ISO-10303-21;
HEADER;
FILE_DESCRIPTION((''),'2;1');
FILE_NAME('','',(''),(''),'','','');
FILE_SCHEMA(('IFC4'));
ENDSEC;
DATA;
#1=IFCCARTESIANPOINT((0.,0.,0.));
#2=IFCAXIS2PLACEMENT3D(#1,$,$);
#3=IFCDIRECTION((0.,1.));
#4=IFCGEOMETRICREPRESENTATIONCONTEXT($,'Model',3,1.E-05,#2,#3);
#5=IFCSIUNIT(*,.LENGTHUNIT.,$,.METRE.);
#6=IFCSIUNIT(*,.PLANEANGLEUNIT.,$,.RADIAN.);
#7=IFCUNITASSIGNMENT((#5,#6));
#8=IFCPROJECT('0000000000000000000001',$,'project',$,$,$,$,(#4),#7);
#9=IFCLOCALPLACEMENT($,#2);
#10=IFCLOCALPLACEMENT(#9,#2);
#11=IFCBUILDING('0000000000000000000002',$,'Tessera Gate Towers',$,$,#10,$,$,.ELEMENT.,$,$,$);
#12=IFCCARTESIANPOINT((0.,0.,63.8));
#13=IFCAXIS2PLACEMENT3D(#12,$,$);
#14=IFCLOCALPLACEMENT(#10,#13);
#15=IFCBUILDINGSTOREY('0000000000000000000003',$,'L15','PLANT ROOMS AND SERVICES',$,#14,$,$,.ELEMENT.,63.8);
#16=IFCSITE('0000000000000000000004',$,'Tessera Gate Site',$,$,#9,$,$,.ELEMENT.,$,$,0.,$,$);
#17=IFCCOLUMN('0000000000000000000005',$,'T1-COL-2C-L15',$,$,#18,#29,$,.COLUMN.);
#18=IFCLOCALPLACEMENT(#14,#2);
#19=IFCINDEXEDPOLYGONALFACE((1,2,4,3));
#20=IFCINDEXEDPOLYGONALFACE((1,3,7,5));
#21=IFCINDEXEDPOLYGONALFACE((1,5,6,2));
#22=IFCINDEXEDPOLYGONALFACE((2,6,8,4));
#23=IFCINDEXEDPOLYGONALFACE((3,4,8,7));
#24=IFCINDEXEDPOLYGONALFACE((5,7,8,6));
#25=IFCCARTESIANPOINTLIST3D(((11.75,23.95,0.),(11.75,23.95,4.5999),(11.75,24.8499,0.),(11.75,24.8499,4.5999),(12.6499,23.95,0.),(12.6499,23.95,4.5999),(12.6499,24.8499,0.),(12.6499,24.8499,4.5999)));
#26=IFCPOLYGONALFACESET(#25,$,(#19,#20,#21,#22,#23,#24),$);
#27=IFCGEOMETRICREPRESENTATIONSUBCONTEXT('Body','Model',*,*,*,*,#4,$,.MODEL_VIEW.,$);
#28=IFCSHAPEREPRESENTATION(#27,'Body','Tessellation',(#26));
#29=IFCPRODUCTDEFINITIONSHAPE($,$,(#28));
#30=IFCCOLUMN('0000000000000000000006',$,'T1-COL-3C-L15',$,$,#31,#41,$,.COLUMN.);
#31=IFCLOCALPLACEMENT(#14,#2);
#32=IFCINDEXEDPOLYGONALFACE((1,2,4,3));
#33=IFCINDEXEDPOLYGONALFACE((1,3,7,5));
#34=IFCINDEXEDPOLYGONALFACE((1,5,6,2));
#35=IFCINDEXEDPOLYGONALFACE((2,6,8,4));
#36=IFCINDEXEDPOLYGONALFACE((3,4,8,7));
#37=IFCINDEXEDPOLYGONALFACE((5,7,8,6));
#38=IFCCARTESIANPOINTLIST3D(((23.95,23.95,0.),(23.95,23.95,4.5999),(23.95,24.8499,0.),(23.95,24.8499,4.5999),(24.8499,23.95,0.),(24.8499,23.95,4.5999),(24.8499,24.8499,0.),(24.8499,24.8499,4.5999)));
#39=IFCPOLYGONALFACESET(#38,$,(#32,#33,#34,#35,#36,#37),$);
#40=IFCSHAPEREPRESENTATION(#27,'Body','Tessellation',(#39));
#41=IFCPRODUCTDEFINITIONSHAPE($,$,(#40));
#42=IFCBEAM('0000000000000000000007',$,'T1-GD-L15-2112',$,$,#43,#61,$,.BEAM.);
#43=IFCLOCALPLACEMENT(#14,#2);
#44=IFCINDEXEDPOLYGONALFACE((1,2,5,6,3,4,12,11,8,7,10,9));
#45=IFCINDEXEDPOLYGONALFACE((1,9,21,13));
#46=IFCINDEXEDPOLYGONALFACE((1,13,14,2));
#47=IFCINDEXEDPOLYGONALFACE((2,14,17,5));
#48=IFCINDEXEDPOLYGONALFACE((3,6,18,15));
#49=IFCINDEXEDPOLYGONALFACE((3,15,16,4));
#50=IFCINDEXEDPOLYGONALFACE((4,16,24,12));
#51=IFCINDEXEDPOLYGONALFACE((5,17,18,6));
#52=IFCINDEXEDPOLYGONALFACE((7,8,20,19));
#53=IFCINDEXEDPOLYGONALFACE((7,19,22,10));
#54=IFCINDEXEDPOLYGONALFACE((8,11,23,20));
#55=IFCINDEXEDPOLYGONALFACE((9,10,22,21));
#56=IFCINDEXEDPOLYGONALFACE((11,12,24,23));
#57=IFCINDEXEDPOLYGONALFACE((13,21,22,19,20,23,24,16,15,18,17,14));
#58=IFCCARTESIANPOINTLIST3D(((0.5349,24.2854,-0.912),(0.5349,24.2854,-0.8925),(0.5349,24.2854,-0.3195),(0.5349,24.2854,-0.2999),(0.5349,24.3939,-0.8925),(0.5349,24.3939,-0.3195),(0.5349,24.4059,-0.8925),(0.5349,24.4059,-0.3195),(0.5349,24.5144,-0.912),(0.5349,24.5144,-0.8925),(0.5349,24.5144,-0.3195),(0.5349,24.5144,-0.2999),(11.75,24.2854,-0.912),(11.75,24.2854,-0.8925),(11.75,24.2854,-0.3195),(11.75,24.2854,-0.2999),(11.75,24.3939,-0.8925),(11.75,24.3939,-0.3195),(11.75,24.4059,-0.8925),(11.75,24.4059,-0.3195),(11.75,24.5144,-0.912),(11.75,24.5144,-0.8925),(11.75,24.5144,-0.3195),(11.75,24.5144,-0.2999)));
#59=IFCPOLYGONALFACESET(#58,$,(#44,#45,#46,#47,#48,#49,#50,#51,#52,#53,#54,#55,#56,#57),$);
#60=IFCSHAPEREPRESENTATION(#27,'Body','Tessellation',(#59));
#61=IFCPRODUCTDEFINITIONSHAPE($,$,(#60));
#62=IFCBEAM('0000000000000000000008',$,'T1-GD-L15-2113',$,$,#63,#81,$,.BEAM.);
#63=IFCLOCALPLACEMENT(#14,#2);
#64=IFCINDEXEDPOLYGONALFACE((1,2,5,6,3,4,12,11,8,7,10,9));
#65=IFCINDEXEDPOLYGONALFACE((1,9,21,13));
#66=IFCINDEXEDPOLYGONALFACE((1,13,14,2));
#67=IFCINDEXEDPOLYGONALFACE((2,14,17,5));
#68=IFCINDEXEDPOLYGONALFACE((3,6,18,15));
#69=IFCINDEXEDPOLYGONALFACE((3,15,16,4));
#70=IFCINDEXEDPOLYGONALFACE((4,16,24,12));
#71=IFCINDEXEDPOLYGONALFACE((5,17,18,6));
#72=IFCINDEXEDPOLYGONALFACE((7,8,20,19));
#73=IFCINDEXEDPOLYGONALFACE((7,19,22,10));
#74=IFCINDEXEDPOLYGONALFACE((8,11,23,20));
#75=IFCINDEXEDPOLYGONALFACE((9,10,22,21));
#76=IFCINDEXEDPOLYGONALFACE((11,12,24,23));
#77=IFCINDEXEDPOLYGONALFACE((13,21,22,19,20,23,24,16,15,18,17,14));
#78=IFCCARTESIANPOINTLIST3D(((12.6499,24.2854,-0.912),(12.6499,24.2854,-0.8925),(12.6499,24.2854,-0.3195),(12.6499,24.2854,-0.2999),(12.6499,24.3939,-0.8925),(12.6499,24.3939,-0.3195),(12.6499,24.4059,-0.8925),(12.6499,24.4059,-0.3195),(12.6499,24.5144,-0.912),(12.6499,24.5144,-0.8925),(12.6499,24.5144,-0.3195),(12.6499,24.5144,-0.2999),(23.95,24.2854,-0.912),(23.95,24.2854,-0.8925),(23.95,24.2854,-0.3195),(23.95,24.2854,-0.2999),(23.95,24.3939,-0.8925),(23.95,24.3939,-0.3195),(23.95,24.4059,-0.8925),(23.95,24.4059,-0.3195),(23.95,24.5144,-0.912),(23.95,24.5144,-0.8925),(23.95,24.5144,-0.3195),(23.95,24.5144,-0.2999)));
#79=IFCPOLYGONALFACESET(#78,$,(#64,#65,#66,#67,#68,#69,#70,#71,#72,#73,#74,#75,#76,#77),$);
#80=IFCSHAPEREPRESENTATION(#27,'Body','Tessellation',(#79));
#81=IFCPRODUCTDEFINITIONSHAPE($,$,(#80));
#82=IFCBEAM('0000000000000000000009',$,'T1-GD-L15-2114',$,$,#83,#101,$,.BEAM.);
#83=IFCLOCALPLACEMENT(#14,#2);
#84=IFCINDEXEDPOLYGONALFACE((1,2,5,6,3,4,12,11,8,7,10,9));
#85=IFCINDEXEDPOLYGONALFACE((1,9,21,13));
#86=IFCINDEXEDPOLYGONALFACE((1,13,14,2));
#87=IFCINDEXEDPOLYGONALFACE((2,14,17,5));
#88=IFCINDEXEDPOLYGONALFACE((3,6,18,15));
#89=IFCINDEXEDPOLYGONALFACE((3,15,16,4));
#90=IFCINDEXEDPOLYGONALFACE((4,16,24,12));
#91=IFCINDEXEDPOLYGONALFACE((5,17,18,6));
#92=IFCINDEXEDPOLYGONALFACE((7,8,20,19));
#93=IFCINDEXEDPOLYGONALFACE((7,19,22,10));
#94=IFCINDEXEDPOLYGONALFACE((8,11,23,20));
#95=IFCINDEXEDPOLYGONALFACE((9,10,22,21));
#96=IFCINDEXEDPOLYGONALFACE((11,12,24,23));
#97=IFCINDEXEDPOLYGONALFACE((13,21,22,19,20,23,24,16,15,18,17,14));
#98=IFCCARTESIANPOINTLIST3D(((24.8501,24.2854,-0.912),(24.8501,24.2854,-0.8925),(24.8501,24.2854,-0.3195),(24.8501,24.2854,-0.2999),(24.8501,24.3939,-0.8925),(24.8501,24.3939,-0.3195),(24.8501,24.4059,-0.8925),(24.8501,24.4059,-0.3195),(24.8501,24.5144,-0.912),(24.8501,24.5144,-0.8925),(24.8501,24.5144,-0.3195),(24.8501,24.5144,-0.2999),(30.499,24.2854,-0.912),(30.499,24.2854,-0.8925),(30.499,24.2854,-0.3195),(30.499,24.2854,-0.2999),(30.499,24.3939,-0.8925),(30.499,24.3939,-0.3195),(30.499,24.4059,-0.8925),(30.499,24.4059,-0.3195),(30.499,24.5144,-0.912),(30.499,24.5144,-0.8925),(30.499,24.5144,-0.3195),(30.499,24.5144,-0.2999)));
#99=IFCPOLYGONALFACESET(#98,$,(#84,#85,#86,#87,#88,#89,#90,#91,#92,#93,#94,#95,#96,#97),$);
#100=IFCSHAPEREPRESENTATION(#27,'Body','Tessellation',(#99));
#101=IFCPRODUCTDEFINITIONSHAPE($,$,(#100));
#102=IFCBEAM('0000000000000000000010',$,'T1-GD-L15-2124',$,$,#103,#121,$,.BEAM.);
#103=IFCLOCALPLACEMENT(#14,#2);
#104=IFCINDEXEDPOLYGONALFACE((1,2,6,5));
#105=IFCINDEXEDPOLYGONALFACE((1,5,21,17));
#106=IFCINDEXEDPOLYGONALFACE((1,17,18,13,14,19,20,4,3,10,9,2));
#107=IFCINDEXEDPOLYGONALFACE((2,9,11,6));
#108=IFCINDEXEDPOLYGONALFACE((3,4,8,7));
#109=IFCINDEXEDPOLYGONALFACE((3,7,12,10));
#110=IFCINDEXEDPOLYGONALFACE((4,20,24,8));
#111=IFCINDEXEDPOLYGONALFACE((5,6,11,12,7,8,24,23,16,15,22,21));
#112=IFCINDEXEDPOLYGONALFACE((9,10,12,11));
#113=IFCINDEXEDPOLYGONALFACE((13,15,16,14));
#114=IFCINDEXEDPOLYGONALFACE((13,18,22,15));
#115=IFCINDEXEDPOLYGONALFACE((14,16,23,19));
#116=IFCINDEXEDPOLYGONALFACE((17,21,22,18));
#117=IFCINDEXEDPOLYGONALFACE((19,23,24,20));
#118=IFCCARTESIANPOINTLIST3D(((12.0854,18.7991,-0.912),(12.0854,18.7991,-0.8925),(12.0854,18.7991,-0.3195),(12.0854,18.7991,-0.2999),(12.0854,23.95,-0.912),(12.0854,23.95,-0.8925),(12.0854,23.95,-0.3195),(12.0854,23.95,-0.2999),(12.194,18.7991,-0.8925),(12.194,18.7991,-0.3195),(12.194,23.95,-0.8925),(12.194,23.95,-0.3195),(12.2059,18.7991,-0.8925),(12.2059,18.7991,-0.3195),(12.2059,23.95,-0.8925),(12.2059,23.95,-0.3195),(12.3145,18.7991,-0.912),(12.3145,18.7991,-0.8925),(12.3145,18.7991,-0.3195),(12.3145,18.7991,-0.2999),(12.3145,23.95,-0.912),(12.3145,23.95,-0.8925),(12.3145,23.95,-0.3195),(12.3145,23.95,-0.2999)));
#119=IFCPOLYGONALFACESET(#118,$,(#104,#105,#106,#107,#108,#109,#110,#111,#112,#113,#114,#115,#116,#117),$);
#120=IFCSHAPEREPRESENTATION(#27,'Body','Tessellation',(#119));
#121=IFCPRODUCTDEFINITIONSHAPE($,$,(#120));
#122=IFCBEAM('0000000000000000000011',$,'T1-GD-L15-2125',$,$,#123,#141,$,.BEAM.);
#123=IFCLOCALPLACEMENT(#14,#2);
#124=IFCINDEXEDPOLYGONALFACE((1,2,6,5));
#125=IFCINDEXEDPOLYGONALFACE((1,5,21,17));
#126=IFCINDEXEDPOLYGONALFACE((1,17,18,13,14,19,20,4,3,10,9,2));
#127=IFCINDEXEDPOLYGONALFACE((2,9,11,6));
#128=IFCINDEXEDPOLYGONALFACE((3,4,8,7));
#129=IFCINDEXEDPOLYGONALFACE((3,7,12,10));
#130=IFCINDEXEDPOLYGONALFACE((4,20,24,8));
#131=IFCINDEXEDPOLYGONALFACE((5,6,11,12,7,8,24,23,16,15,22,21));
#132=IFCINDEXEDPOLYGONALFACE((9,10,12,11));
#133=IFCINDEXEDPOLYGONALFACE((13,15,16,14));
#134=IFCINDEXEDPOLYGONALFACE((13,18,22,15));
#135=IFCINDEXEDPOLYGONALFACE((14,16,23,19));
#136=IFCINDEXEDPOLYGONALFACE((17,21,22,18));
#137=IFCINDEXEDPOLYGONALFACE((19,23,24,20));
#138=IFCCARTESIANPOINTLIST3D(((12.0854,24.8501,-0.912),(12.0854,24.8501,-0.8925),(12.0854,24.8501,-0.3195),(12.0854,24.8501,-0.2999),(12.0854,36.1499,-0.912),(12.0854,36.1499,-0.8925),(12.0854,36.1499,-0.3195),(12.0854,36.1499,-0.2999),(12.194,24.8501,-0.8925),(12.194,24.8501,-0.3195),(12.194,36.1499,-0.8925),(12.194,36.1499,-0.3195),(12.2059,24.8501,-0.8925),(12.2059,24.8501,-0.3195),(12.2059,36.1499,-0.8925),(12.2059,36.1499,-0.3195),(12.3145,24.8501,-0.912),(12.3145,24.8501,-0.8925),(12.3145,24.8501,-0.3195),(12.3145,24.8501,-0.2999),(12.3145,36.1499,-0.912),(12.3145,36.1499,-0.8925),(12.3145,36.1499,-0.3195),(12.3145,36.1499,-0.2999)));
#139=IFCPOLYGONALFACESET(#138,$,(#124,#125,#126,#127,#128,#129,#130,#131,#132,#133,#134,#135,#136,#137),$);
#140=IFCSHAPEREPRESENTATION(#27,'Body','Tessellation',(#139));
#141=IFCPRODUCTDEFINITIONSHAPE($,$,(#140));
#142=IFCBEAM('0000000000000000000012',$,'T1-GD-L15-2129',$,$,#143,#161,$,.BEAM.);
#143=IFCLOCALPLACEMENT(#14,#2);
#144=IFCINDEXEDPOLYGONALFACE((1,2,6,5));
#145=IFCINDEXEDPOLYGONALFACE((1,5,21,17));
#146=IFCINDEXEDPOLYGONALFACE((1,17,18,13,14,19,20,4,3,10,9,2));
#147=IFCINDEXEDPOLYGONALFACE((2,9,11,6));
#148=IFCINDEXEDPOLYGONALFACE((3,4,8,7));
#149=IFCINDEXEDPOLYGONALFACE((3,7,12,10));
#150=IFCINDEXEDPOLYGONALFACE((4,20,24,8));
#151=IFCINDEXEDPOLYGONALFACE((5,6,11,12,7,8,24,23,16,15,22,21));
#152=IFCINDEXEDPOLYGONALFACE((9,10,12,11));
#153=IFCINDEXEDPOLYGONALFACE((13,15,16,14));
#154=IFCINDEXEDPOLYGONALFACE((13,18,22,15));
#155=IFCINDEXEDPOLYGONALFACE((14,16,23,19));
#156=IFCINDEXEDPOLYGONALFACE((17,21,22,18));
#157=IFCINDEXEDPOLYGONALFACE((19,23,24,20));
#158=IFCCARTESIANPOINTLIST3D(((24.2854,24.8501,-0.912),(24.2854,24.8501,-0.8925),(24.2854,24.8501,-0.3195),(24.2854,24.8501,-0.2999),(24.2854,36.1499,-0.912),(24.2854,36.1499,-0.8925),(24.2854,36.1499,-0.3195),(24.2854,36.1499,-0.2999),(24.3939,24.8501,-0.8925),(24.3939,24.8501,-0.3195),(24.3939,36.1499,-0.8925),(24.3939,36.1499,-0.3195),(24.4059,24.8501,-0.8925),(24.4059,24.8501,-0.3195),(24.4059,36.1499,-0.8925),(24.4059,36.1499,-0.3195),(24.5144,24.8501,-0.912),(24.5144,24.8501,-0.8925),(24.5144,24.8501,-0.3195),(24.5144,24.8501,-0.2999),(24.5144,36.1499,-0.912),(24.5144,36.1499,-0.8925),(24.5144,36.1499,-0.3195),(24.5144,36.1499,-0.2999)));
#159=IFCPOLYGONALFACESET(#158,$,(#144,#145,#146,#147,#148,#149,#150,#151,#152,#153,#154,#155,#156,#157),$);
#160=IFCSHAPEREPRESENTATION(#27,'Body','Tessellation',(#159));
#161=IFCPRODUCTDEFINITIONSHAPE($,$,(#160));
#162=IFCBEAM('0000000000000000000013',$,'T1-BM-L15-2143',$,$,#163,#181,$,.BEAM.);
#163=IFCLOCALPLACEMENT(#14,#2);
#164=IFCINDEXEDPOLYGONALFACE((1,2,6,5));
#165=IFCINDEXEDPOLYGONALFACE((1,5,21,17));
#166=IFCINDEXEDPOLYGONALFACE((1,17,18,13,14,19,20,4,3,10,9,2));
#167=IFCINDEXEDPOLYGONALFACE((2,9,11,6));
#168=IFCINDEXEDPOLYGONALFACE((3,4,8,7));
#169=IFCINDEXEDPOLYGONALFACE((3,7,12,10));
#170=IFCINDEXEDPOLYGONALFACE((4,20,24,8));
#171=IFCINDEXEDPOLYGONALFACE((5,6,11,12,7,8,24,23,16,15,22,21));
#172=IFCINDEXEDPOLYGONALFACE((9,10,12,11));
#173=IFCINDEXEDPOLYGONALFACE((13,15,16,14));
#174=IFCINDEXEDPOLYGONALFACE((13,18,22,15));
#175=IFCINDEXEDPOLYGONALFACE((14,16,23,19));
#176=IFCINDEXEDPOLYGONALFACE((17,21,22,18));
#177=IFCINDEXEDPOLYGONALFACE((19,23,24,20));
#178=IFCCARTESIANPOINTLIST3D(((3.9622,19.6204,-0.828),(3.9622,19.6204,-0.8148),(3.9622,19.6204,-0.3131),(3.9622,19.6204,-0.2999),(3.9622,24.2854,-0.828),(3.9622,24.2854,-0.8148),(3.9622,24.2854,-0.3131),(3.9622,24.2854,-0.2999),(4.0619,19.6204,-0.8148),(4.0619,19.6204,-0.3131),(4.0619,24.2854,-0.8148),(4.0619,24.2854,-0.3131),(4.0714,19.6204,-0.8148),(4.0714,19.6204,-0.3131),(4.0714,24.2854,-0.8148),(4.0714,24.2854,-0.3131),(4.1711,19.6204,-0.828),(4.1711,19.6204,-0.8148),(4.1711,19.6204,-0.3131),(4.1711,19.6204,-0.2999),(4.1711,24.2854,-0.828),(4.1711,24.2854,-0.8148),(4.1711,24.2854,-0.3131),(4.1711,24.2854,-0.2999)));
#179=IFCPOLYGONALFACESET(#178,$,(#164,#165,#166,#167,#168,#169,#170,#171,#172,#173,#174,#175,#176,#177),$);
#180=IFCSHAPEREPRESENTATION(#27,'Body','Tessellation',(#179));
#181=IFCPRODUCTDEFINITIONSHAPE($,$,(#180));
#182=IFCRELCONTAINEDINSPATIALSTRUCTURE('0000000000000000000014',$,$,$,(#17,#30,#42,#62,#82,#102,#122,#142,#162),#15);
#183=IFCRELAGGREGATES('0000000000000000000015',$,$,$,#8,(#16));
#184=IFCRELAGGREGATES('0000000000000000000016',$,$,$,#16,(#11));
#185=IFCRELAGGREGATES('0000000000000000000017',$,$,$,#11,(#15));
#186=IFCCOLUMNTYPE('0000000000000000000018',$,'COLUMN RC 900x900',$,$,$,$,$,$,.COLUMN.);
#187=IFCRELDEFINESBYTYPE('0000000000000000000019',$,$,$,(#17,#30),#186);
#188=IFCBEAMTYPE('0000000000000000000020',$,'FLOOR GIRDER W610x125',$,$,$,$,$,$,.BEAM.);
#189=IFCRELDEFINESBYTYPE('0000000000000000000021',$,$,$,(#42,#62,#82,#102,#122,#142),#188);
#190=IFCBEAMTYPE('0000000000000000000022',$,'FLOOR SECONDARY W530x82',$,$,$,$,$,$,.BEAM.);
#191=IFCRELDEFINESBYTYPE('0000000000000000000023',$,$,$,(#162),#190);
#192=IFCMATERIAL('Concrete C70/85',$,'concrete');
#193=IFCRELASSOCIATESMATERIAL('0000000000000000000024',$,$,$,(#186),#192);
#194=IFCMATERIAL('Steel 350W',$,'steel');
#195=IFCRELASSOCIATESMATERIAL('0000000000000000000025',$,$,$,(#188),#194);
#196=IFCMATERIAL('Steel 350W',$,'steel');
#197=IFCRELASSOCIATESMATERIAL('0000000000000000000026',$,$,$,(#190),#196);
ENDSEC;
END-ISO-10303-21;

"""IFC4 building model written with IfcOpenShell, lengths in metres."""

from ifc_helpers import new_model, si_unit, direction, frame, origin, origin_2d, place, context, subcontext, project, spatial, rectangle, i_section, extrude, material, material_profile, profile_set, type_object, element, save


model = new_model("IFC4")

# Units and contexts
model_context = context("Model", 3, precision=1e-05, world=origin(), true_north=direction((0.0, 1.0)))
body_context = subcontext(model_context, "Body", "Model", "MODEL_VIEW")
ifc_project = project(units=[si_unit("LENGTHUNIT", "METRE"), si_unit("PLANEANGLEUNIT", "RADIAN")], contexts=[model_context])

# Site, building, storey
site_placement = place(None, origin())
site = spatial("IfcSite", under=ifc_project, at=site_placement, Name="Tessera Gate Site", CompositionType="ELEMENT", RefElevation=0.0)
building_placement = place(site_placement, origin())
building = spatial("IfcBuilding", under=site, at=building_placement, Name="Tessera Gate Towers", CompositionType="ELEMENT")
storey_placement = place(building_placement, frame((0.0, 0.0, 63.8)))
storey = spatial("IfcBuildingStorey", under=building, at=storey_placement, Name="L15", Description="PLANT ROOMS AND SERVICES", CompositionType="ELEMENT", Elevation=63.8)

# Columns
ifc_material_1 = material(Name="Concrete C70/85", Category="concrete")
ifc_material_profile_1 = material_profile(ifc_material_1, rectangle(XDim=0.8999, YDim=0.8999, at=origin_2d()), Name="RC 900x900")
ifc_profile_set_1 = profile_set([ifc_material_profile_1], Name="Concrete C70/85")
column_type = type_object("IfcColumnType", Name="COLUMN RC 900x900", PredefinedType="COLUMN", material=ifc_profile_set_1)
for number, where, z_axis, x_axis, name in (
    (1, (12.2, 24.3999, 0.0), (0.0, 0.0, 1.0), (1.0, 0.0, 0.0), "T1-COL-2C-L15"),
    (2, (24.3999, 24.3999, 0.0), (0.0, 0.0, 1.0), (1.0, 0.0, 0.0), "T1-COL-3C-L15"),
):
    element("IfcColumn", number, at=place(storey_placement, frame(where, z_axis=z_axis, x_axis=x_axis)), inside=storey, type_object=column_type, Name=name, PredefinedType="COLUMN", context=body_context, shape_type="SweptSolid", body=[
        extrude(rectangle(XDim=0.8999, YDim=0.8999, at=origin_2d()), origin(), (0.0, 0.0, 1.0), 4.5999),
    ])

# Beams
ifc_material_2 = material(Name="Steel 350W", Category="steel")
ifc_material_profile_2 = material_profile(ifc_material_2, i_section(OverallWidth=0.229, OverallDepth=0.6121, WebThickness=0.012, FlangeThickness=0.0195, at=origin_2d()), Name="W610x125")
ifc_profile_set_2 = profile_set([ifc_material_profile_2], Name="Steel 350W")
beam_type_1 = type_object("IfcBeamType", Name="FLOOR GIRDER W610x125", PredefinedType="BEAM", material=ifc_profile_set_2)
beam_1_placement = place(storey_placement, frame((0.5349, 24.3999, -0.606), z_axis=(1.0, 0.0, 0.0), x_axis=(0.0, 1.0, 0.0)))
element("IfcBeam", 3, at=beam_1_placement, inside=storey, type_object=beam_type_1, Name="T1-GD-L15-2112", PredefinedType="BEAM", context=body_context, shape_type="SweptSolid", body=[
    extrude(i_section(OverallWidth=0.229, OverallDepth=0.6121, WebThickness=0.012, FlangeThickness=0.0195, at=origin_2d()), origin(), (0.0, 0.0, 1.0), 11.2151),
])
beam_2_placement = place(storey_placement, frame((12.6499, 24.3999, -0.606), z_axis=(1.0, 0.0, 0.0), x_axis=(0.0, 1.0, 0.0)))
element("IfcBeam", 4, at=beam_2_placement, inside=storey, type_object=beam_type_1, Name="T1-GD-L15-2113", PredefinedType="BEAM", context=body_context, shape_type="SweptSolid", body=[
    extrude(i_section(OverallWidth=0.229, OverallDepth=0.6121, WebThickness=0.012, FlangeThickness=0.0195, at=origin_2d()), origin(), (0.0, 0.0, 1.0), 11.3),
])
beam_3_placement = place(storey_placement, frame((24.8501, 24.3999, -0.606), z_axis=(1.0, 0.0, 0.0), x_axis=(0.0, 1.0, 0.0)))
element("IfcBeam", 5, at=beam_3_placement, inside=storey, type_object=beam_type_1, Name="T1-GD-L15-2114", PredefinedType="BEAM", context=body_context, shape_type="SweptSolid", body=[
    extrude(i_section(OverallWidth=0.229, OverallDepth=0.6121, WebThickness=0.012, FlangeThickness=0.0195, at=origin_2d()), origin(), (0.0, 0.0, 1.0), 5.6489),
])
beam_4_placement = place(storey_placement, frame((12.2, 18.7991, -0.606), z_axis=(0.0, 1.0, 0.0), x_axis=(-1.0, 0.0, 0.0)))
element("IfcBeam", 6, at=beam_4_placement, inside=storey, type_object=beam_type_1, Name="T1-GD-L15-2124", PredefinedType="BEAM", context=body_context, shape_type="SweptSolid", body=[
    extrude(i_section(OverallWidth=0.229, OverallDepth=0.6121, WebThickness=0.012, FlangeThickness=0.0195, at=origin_2d()), origin(), (0.0, 0.0, 1.0), 5.1509),
])
for number, where, z_axis, x_axis, name in (
    (7, (12.2, 24.8501, -0.606), (0.0, 1.0, 0.0), (-1.0, 0.0, 0.0), "T1-GD-L15-2125"),
    (8, (24.3999, 24.8501, -0.606), (0.0, 1.0, 0.0), (-1.0, 0.0, 0.0), "T1-GD-L15-2129"),
):
    element("IfcBeam", number, at=place(storey_placement, frame(where, z_axis=z_axis, x_axis=x_axis)), inside=storey, type_object=beam_type_1, Name=name, PredefinedType="BEAM", context=body_context, shape_type="SweptSolid", body=[
        extrude(i_section(OverallWidth=0.229, OverallDepth=0.6121, WebThickness=0.012, FlangeThickness=0.0195, at=origin_2d()), origin(), (0.0, 0.0, 1.0), 11.2998),
    ])
ifc_material_3 = material(Name="Steel 350W", Category="steel")
ifc_material_profile_3 = material_profile(ifc_material_3, i_section(OverallWidth=0.209, OverallDepth=0.5281, WebThickness=0.0095, FlangeThickness=0.0132, at=origin_2d()), Name="W530x82")
ifc_profile_set_3 = profile_set([ifc_material_profile_3], Name="Steel 350W")
beam_type_2 = type_object("IfcBeamType", Name="FLOOR SECONDARY W530x82", PredefinedType="BEAM", material=ifc_profile_set_3)
beam_5_placement = place(storey_placement, frame((4.0667, 19.6204, -0.564), z_axis=(0.0, 1.0, 0.0), x_axis=(-1.0, 0.0, 0.0)))
element("IfcBeam", 9, at=beam_5_placement, inside=storey, type_object=beam_type_2, Name="T1-BM-L15-2143", PredefinedType="BEAM", context=body_context, shape_type="SweptSolid", body=[
    extrude(i_section(OverallWidth=0.209, OverallDepth=0.5281, WebThickness=0.0095, FlangeThickness=0.0132, at=origin_2d()), origin(), (0.0, 0.0, 1.0), 4.665),
])

save(model, "model.ifc")
